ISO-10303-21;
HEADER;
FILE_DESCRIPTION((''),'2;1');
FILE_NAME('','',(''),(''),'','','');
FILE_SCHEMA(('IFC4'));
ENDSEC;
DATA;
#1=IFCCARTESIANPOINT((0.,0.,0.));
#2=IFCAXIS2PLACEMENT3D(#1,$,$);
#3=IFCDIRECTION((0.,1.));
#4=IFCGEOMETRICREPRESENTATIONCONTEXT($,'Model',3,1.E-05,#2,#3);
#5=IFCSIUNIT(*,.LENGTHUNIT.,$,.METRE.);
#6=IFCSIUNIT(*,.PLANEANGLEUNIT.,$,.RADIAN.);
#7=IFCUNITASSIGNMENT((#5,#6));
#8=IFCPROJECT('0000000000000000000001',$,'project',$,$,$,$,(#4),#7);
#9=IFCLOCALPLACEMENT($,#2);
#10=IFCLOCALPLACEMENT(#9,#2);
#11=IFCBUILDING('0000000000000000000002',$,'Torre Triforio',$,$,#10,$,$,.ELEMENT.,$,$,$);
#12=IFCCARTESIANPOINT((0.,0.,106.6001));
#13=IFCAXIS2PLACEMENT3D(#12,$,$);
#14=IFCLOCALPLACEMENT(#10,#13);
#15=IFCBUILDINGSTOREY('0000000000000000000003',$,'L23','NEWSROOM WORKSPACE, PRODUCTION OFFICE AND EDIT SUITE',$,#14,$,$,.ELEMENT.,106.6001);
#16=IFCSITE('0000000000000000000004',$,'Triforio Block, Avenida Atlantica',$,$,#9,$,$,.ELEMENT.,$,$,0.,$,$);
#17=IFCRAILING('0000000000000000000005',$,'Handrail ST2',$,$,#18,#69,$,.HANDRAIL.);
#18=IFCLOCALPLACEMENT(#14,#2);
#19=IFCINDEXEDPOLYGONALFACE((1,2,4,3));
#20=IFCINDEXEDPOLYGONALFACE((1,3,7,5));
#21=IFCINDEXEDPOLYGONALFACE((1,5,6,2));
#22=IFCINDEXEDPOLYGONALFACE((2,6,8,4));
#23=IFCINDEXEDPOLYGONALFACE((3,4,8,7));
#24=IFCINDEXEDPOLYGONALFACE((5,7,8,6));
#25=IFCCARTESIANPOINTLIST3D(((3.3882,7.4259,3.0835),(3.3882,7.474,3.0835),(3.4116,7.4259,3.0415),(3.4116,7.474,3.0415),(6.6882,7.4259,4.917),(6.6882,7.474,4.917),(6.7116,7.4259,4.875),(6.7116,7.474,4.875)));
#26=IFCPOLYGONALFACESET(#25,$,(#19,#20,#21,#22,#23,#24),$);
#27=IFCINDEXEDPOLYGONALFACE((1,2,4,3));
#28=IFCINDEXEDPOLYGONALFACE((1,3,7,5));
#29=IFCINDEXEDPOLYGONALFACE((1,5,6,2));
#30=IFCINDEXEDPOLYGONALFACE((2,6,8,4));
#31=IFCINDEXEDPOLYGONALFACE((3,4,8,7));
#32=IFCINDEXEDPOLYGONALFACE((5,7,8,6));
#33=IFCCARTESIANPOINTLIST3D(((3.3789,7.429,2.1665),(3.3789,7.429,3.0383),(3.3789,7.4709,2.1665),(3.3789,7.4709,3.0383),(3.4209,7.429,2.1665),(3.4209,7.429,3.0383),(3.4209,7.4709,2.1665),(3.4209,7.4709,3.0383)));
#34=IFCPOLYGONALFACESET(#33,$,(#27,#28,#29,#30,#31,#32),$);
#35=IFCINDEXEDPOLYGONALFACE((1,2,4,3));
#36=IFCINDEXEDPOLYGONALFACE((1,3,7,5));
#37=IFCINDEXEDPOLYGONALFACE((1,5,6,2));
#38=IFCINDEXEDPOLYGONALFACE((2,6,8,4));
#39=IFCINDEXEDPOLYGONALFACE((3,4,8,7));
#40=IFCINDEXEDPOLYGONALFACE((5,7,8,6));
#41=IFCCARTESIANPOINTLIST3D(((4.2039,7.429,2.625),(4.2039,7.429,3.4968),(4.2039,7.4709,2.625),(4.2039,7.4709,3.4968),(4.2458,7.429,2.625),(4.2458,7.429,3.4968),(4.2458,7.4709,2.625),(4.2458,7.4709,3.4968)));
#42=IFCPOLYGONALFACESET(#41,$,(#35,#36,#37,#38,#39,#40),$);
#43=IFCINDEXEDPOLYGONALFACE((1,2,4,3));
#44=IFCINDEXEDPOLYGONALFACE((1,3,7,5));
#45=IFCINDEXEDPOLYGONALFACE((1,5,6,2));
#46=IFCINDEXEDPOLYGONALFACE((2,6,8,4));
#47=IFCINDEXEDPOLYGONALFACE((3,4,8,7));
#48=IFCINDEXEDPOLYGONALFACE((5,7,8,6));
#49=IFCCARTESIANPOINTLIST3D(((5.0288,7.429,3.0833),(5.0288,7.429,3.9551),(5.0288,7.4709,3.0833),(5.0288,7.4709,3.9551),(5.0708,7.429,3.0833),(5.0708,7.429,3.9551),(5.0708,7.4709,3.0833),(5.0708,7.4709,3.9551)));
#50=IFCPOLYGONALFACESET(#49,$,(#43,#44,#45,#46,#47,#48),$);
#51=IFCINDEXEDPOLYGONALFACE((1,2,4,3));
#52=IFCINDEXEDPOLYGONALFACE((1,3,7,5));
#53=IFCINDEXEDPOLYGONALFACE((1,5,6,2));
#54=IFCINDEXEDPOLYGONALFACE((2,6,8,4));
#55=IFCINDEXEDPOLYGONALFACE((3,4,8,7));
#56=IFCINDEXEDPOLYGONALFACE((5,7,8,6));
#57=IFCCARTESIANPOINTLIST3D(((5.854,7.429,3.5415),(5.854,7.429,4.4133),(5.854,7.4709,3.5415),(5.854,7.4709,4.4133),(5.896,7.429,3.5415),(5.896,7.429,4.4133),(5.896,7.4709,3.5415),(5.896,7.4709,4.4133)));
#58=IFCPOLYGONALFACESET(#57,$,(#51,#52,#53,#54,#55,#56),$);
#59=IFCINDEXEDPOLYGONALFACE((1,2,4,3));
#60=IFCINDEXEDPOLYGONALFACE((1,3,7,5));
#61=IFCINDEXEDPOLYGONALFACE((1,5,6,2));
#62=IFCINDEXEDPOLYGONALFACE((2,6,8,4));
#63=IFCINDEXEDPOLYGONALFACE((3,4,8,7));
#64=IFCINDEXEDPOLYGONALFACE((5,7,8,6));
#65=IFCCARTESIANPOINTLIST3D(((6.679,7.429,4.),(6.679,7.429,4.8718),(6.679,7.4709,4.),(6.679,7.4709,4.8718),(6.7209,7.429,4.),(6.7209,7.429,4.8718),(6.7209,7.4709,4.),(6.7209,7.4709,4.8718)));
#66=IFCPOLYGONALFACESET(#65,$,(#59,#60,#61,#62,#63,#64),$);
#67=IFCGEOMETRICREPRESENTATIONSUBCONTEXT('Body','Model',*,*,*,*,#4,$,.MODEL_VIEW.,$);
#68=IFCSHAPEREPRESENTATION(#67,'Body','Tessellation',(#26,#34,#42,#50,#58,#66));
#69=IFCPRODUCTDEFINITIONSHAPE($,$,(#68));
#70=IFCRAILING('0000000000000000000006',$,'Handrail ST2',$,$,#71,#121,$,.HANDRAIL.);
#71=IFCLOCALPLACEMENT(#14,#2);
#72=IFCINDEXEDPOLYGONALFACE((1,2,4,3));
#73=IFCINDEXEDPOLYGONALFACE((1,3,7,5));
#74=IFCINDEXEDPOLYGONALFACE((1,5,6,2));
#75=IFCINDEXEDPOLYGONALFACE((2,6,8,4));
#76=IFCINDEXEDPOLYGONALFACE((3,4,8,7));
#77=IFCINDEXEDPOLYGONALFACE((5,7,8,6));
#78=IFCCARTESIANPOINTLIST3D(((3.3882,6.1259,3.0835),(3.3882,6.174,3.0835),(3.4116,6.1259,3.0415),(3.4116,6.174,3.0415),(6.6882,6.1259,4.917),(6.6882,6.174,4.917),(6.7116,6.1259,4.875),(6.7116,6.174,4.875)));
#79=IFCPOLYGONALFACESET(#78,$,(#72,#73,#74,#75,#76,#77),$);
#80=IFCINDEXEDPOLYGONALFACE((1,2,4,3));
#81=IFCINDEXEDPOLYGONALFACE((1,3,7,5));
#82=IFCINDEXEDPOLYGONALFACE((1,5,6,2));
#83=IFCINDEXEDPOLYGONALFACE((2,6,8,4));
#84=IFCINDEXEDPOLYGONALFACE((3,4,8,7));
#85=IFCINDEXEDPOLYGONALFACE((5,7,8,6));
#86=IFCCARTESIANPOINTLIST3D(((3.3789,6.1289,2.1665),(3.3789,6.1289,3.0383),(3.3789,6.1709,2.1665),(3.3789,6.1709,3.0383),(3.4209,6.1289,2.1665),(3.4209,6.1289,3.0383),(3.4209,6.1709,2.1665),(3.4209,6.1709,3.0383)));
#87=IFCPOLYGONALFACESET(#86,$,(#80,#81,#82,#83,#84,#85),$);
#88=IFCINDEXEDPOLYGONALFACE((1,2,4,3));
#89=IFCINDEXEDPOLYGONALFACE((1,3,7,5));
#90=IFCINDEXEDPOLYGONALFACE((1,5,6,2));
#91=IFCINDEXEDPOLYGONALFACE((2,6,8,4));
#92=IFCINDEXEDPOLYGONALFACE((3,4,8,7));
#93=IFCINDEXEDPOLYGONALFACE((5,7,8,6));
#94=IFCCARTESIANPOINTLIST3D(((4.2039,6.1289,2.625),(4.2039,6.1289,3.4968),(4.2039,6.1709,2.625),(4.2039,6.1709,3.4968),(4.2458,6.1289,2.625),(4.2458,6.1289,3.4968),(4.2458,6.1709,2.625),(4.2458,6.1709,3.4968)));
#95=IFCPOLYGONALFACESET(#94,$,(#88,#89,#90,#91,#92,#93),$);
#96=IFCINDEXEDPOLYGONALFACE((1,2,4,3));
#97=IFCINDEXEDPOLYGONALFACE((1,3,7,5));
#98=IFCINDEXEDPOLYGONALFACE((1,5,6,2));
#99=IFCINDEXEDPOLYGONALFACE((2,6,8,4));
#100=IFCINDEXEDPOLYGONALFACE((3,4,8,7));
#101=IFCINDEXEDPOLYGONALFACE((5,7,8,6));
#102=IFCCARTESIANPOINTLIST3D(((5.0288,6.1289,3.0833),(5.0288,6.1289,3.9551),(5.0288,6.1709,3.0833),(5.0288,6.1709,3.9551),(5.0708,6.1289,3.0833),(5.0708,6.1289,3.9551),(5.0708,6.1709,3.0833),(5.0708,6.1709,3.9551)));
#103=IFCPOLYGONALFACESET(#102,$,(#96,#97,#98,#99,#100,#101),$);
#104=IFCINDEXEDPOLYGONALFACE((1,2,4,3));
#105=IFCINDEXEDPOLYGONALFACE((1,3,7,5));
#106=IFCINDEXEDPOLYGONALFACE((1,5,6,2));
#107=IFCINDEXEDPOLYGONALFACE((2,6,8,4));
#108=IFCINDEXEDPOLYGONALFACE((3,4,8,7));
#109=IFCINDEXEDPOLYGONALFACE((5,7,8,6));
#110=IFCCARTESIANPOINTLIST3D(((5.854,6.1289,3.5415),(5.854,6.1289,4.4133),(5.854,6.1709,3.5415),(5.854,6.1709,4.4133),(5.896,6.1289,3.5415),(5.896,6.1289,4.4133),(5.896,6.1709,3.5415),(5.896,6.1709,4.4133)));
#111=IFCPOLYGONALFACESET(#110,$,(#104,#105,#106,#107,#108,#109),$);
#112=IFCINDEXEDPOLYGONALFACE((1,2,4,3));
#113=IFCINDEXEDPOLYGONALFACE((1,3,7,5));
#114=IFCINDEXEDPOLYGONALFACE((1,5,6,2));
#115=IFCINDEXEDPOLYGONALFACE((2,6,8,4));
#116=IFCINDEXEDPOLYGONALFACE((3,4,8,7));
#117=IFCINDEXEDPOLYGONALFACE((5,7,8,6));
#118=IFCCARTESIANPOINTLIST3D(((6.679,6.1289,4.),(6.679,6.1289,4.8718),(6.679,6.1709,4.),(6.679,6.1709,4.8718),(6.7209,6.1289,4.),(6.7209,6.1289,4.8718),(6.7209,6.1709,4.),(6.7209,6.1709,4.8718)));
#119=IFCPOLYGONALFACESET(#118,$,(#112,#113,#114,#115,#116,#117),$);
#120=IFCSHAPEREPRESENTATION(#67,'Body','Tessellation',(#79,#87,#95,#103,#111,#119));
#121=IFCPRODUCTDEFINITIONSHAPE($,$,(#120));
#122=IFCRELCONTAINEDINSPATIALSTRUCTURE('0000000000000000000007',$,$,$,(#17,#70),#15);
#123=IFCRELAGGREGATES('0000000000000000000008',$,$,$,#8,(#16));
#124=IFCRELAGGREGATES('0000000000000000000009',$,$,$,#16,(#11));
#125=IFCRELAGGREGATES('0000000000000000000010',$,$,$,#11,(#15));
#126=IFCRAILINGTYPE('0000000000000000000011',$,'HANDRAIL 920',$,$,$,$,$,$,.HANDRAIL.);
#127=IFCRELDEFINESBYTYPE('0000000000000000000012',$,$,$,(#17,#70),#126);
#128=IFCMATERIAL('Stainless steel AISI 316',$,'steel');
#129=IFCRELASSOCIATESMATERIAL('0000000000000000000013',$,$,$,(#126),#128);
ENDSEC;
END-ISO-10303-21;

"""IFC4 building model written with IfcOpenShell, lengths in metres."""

from ifc_helpers import new_model, si_unit, direction, frame, origin, origin_2d, place, context, subcontext, project, spatial, rectangle, extrude, material, type_object, element, save


model = new_model("IFC4")

# Units and contexts
model_context = context("Model", 3, precision=1e-05, world=origin(), true_north=direction((0.0, 1.0)))
body_context = subcontext(model_context, "Body", "Model", "MODEL_VIEW")
ifc_project = project(units=[si_unit("LENGTHUNIT", "METRE"), si_unit("PLANEANGLEUNIT", "RADIAN")], contexts=[model_context])

# Site, building, storey
site_placement = place(None, origin())
site = spatial("IfcSite", under=ifc_project, at=site_placement, Name="Triforio Block, Avenida Atlantica", CompositionType="ELEMENT", RefElevation=0.0)
building_placement = place(site_placement, origin())
building = spatial("IfcBuilding", under=site, at=building_placement, Name="Torre Triforio", CompositionType="ELEMENT")
storey_placement = place(building_placement, frame((0.0, 0.0, 106.6001)))
storey = spatial("IfcBuildingStorey", under=building, at=storey_placement, Name="L23", Description="NEWSROOM WORKSPACE, PRODUCTION OFFICE AND EDIT SUITE", CompositionType="ELEMENT", Elevation=106.6001)

# Railings
ifc_material_1 = material(Name="Stainless steel AISI 316", Category="steel")
railing_type = type_object("IfcRailingType", Name="HANDRAIL 920", PredefinedType="HANDRAIL", material=ifc_material_1)
for number, where, name in (
    (1, (3.3999, 7.45, 2.1665), "Handrail ST2"),
    (2, (3.3999, 6.1499, 2.1665), "Handrail ST2"),
):
    element("IfcRailing", number, at=place(storey_placement, frame(where)), inside=storey, type_object=railing_type, Name=name, PredefinedType="HANDRAIL", context=body_context, shape_type="SweptSolid", body=[
        extrude(rectangle(XDim=0.0481, YDim=0.0481, at=origin_2d()), frame((0.0, 0.0, 0.896), z_axis=(0.874142, 0.0, 0.48567), x_axis=(0.0, 1.0, 0.0)), (0.0, 0.0, 1.0), 3.7751),
        extrude(rectangle(XDim=0.042, YDim=0.042, at=origin_2d()), origin(), (0.0, 0.0, 1.0), 0.8718),
        extrude(rectangle(XDim=0.042, YDim=0.042, at=origin_2d()), frame((0.825, 0.0, 0.4585)), (0.0, 0.0, 1.0), 0.8718),
        extrude(rectangle(XDim=0.042, YDim=0.042, at=origin_2d()), frame((1.6499, 0.0, 0.9167)), (0.0, 0.0, 1.0), 0.8718),
        extrude(rectangle(XDim=0.042, YDim=0.042, at=origin_2d()), frame((2.4751, 0.0, 1.375)), (0.0, 0.0, 1.0), 0.8718),
        extrude(rectangle(XDim=0.042, YDim=0.042, at=origin_2d()), frame((3.3, 0.0, 1.8335)), (0.0, 0.0, 1.0), 0.8718),
    ])

save(model, "model.ifc")
